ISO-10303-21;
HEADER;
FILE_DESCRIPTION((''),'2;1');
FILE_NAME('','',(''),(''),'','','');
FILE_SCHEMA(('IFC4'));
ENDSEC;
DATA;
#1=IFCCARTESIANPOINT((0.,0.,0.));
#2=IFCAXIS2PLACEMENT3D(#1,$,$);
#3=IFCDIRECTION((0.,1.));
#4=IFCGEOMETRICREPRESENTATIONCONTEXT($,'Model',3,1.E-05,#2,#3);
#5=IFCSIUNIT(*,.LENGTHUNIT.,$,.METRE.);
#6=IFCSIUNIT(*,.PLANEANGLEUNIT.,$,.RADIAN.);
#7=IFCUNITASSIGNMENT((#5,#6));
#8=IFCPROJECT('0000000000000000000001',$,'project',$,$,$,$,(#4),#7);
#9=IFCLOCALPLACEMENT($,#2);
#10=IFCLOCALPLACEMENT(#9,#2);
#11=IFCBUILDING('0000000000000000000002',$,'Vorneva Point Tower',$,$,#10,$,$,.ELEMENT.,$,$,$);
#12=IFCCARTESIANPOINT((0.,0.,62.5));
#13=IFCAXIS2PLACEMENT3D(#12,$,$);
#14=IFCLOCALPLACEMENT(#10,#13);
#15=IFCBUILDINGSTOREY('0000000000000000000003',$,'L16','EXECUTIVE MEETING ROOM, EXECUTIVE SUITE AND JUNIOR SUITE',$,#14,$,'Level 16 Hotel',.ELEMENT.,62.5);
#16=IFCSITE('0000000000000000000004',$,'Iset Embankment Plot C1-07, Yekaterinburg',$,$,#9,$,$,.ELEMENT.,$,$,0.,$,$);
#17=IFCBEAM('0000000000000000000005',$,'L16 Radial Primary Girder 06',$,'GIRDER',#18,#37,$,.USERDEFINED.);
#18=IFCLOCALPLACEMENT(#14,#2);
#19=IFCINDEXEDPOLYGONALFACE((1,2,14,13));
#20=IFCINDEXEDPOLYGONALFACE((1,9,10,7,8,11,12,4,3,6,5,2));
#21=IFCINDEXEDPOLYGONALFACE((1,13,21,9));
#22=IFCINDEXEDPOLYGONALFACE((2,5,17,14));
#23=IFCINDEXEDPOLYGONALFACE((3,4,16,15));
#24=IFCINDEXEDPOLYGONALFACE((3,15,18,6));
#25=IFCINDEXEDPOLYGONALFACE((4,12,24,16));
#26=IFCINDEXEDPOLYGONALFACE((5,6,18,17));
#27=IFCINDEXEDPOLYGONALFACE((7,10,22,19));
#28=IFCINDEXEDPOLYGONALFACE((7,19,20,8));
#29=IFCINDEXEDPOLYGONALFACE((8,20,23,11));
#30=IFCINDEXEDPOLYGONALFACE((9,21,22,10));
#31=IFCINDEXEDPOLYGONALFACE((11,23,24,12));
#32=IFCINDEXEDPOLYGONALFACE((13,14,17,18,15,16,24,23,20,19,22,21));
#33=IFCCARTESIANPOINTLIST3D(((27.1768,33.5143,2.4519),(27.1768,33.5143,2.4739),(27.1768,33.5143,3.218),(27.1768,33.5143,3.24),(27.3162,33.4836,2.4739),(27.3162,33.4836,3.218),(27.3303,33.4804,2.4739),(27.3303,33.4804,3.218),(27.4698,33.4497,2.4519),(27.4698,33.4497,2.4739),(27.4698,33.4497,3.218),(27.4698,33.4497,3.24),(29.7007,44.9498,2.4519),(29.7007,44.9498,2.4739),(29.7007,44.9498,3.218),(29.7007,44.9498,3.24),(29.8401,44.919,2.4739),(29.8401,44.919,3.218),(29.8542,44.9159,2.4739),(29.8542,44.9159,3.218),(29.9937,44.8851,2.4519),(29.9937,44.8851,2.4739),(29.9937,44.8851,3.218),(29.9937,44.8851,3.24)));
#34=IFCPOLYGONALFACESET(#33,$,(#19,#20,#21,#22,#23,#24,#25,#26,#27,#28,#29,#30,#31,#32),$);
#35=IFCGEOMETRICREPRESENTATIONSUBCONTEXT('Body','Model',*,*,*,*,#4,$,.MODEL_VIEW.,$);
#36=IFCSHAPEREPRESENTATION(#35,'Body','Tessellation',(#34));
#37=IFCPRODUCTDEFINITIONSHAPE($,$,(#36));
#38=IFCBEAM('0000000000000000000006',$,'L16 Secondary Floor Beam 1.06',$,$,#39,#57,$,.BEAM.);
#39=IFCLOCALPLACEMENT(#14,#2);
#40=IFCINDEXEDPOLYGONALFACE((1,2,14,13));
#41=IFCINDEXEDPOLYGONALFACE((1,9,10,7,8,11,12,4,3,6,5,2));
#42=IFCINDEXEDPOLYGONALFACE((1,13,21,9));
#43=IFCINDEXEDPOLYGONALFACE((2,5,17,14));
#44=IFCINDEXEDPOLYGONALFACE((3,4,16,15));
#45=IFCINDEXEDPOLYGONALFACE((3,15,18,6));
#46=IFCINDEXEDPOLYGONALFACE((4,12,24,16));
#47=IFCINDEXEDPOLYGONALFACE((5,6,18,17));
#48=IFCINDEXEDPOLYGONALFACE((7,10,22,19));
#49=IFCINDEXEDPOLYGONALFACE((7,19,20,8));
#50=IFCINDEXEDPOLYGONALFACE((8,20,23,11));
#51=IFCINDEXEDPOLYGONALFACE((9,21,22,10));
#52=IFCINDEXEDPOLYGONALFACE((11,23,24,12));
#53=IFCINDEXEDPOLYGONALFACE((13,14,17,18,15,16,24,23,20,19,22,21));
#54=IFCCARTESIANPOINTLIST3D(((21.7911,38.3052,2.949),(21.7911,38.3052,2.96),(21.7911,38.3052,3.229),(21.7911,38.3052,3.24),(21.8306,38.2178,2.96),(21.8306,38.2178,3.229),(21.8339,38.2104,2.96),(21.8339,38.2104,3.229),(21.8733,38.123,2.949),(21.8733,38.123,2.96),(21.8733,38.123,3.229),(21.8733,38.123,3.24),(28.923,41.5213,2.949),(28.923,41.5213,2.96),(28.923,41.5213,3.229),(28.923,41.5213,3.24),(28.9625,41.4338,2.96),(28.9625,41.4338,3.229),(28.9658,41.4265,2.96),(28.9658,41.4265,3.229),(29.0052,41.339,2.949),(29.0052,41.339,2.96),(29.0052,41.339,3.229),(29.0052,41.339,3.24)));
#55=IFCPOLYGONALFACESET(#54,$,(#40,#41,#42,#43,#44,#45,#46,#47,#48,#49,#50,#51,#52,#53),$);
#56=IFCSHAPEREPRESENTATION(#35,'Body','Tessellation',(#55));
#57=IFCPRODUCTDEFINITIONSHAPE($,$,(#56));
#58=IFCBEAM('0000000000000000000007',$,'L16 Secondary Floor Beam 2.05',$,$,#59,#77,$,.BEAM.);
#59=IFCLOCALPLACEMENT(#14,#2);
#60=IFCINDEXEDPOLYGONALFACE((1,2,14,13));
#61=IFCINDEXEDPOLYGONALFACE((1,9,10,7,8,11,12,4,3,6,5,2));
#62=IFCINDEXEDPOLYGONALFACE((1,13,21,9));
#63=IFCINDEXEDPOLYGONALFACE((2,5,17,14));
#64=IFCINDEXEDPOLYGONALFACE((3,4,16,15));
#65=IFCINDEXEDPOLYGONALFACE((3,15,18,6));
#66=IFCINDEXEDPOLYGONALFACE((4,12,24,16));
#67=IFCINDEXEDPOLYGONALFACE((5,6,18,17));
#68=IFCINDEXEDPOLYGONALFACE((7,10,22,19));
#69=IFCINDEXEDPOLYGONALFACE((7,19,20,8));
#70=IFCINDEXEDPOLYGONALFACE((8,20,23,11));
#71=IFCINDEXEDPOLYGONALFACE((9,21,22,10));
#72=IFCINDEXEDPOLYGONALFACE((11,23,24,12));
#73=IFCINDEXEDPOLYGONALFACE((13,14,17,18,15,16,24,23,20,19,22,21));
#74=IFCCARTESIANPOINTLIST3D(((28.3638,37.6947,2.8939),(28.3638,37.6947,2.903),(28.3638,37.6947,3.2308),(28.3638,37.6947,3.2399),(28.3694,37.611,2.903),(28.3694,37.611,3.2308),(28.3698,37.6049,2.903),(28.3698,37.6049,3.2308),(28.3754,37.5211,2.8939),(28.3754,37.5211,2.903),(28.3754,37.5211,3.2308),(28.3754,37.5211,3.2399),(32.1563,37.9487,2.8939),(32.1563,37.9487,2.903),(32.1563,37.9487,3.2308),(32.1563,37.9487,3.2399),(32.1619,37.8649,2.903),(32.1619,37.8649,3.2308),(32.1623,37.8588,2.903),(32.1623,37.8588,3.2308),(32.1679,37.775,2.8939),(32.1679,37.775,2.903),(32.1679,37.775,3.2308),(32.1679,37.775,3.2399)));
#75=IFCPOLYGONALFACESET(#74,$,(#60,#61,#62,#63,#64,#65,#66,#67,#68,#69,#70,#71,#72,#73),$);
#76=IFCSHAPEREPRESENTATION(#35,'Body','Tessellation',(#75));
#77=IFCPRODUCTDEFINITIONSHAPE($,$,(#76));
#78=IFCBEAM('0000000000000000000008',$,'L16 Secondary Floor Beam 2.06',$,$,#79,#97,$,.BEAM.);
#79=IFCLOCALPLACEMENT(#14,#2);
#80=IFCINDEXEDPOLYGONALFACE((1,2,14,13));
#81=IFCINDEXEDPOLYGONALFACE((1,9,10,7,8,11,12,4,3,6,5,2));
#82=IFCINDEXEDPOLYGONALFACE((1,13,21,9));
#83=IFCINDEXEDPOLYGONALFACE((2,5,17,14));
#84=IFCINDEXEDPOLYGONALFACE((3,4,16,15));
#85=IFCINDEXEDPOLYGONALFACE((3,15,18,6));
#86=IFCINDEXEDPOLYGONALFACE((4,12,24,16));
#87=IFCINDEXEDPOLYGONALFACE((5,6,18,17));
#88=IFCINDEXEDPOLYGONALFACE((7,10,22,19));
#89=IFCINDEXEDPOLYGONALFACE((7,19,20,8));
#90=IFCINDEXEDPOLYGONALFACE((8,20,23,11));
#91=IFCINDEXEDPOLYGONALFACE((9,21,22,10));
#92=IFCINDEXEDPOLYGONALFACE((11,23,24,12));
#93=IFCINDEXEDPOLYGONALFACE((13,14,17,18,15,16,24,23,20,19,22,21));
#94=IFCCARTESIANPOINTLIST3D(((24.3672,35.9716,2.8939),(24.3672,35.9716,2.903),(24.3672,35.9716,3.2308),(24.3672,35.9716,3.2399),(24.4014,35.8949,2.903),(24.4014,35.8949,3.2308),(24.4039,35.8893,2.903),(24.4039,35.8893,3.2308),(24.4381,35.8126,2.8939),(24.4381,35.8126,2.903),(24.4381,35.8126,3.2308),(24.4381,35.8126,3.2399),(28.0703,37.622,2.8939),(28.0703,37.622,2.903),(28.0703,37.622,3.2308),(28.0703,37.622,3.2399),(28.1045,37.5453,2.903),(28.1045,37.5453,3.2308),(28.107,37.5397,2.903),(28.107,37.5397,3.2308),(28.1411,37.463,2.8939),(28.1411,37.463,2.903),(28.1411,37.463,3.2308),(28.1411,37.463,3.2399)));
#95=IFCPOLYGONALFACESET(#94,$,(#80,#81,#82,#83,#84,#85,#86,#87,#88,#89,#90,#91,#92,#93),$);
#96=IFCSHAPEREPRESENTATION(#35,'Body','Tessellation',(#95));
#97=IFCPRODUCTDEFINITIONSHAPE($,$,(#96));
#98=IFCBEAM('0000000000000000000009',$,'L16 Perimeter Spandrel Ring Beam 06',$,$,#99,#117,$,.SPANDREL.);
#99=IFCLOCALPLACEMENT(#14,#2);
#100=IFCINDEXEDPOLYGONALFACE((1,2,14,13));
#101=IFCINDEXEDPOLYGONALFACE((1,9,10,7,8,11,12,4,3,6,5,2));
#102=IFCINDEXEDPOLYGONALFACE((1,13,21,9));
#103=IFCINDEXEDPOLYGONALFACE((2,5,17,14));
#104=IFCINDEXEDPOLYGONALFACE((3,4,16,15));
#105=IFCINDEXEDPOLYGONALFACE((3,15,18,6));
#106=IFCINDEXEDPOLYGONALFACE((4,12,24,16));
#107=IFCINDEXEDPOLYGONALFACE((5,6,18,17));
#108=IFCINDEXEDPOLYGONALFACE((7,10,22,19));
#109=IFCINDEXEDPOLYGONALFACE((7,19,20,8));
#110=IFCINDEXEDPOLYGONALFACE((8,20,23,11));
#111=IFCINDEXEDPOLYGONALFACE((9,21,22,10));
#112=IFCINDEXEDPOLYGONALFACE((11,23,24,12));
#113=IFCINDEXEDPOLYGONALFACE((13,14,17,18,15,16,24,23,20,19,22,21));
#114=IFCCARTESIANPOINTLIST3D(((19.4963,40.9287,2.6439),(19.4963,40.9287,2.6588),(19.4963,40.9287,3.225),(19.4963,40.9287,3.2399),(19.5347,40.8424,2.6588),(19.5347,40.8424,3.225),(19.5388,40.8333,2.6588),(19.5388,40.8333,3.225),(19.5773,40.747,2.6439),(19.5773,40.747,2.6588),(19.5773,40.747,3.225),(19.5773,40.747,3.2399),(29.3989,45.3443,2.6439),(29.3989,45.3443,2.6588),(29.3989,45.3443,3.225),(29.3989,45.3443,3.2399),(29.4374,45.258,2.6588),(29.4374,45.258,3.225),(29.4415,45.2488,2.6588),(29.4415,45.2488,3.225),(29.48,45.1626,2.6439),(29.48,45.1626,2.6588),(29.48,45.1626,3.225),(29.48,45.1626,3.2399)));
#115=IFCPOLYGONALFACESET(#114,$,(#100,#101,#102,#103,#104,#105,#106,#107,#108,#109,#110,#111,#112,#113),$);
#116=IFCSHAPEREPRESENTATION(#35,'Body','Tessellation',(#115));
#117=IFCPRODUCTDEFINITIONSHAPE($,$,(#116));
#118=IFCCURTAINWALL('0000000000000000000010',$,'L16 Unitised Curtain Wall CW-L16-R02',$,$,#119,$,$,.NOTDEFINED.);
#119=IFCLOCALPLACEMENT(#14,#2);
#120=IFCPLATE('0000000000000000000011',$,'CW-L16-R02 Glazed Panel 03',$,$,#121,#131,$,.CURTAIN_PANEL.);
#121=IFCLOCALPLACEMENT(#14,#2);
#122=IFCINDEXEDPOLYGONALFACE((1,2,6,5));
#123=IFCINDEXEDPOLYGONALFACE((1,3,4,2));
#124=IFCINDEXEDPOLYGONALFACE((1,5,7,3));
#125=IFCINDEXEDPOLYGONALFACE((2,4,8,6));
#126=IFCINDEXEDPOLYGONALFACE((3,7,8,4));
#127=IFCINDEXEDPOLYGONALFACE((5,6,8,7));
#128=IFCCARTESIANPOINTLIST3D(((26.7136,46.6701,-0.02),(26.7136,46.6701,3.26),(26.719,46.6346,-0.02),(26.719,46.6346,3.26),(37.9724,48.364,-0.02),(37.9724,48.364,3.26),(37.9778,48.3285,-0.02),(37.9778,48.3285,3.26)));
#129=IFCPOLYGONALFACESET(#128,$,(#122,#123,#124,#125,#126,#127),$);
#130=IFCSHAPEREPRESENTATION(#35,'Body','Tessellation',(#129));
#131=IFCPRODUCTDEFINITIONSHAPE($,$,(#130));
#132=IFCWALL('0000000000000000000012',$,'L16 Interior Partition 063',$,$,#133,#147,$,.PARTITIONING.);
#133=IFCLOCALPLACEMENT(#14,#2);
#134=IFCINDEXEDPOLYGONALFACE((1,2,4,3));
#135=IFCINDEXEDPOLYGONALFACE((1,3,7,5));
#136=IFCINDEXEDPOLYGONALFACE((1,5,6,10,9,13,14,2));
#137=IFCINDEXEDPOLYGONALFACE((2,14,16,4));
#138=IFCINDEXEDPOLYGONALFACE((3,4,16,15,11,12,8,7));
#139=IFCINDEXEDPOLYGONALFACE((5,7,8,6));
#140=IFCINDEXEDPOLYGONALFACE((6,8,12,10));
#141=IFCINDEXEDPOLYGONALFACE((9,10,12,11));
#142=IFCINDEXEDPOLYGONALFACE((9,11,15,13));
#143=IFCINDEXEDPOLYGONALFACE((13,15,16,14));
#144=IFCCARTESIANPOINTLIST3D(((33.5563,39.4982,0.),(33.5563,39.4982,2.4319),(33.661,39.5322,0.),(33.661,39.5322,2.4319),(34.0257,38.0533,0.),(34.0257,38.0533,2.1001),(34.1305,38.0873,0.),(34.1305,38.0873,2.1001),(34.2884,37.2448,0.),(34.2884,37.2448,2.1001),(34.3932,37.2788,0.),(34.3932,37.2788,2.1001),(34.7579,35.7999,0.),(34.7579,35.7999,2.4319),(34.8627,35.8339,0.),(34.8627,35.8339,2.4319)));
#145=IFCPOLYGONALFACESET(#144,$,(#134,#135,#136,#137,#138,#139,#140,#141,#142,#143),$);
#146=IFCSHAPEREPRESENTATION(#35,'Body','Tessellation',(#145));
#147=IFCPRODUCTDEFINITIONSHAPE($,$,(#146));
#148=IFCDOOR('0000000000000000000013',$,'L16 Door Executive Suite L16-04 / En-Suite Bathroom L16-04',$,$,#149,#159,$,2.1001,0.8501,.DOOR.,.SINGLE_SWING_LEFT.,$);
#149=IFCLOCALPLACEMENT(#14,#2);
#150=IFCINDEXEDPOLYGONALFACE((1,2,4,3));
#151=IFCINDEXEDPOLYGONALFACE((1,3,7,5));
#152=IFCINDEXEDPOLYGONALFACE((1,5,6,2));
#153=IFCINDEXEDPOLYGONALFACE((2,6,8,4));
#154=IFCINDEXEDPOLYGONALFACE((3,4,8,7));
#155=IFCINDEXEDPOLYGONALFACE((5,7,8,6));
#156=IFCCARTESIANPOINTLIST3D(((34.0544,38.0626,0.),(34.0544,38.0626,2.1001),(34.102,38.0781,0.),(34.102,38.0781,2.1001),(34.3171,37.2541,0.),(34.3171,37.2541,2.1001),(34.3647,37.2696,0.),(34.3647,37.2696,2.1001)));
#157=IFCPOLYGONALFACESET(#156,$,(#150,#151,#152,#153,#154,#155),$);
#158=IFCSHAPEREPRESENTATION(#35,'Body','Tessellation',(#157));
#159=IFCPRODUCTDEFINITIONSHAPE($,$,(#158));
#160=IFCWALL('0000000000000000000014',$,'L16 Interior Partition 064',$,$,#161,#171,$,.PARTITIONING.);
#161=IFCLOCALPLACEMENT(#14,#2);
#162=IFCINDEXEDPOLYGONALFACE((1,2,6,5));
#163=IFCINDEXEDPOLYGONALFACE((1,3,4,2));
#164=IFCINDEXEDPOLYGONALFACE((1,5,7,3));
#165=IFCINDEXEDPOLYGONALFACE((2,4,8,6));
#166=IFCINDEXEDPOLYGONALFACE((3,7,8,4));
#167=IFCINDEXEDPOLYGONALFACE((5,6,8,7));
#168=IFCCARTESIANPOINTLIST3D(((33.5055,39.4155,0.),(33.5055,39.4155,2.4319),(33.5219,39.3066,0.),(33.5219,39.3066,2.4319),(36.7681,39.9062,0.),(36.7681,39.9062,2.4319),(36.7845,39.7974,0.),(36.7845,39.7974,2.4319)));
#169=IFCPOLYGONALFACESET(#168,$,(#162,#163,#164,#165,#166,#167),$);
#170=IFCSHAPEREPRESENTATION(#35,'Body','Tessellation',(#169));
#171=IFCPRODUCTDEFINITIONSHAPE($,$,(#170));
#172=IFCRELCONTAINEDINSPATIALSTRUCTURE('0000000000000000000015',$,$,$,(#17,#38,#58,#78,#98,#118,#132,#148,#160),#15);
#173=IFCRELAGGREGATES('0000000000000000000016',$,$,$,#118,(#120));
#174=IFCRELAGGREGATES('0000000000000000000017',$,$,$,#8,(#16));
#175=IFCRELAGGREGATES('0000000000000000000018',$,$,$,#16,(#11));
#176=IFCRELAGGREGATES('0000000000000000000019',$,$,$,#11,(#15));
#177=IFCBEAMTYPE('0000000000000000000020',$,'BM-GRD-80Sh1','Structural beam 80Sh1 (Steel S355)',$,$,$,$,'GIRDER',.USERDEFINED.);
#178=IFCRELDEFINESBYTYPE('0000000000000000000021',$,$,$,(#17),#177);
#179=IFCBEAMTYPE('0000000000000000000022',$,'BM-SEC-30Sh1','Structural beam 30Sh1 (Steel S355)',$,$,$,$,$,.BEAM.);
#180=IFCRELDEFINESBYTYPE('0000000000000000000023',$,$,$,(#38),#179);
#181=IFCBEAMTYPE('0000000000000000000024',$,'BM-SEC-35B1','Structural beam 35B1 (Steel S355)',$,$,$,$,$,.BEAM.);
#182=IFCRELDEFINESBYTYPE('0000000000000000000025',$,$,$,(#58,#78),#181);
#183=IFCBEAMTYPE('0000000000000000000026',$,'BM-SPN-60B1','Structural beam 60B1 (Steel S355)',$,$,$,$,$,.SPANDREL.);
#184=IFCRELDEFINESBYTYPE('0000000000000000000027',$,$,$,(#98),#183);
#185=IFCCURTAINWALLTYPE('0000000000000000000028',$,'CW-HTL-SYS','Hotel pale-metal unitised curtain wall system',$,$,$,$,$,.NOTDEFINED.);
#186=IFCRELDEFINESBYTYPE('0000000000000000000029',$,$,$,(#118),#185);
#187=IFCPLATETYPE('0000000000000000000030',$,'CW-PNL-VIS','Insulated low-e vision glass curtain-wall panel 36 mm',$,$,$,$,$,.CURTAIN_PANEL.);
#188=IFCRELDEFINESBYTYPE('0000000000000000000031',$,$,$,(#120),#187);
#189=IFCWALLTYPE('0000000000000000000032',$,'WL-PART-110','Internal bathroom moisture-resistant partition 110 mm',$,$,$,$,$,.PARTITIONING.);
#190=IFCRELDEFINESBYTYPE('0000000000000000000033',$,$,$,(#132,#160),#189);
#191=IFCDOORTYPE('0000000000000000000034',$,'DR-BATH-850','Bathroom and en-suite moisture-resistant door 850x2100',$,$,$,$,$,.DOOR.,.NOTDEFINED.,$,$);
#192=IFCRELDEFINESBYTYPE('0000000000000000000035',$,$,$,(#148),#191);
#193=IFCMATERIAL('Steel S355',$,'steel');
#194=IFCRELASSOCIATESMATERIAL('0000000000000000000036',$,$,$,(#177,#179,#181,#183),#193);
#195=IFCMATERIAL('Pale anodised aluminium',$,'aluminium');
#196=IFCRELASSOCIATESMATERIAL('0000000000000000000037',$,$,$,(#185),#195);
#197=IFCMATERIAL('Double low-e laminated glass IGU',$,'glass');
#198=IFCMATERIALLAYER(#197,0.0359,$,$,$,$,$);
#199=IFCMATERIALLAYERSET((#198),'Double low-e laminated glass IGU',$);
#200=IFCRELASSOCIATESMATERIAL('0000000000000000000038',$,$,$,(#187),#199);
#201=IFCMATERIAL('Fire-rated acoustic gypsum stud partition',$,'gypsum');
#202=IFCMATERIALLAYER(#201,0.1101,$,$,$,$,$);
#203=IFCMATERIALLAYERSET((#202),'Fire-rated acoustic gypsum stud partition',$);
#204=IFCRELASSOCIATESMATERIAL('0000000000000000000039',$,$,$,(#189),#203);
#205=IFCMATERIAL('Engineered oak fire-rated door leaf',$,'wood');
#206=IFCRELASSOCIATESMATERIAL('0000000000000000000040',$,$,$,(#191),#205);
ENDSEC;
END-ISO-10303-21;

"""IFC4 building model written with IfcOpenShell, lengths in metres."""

from ifc_helpers import new_model, si_unit, direction, frame, frame_2d, origin, origin_2d, place, context, subcontext, project, spatial, rectangle, i_section, extrude, material, layer, layer_set, material_profile, profile_set, type_object, element, fill, aggregate, save


model = new_model("IFC4")

# Units and contexts
model_context = context("Model", 3, precision=1e-05, world=origin(), true_north=direction((0.0, 1.0)))
body_context = subcontext(model_context, "Body", "Model", "MODEL_VIEW")
ifc_project = project(units=[si_unit("LENGTHUNIT", "METRE"), si_unit("PLANEANGLEUNIT", "RADIAN")], contexts=[model_context])

# Site, building, storey
site_placement = place(None, origin())
site = spatial("IfcSite", under=ifc_project, at=site_placement, Name="Iset Embankment Plot C1-07, Yekaterinburg", CompositionType="ELEMENT", RefElevation=0.0)
building_placement = place(site_placement, origin())
building = spatial("IfcBuilding", under=site, at=building_placement, Name="Vorneva Point Tower", CompositionType="ELEMENT")
storey_placement = place(building_placement, frame((0.0, 0.0, 62.5)))
storey = spatial("IfcBuildingStorey", under=building, at=storey_placement, Name="L16", Description="EXECUTIVE MEETING ROOM, EXECUTIVE SUITE AND JUNIOR SUITE", LongName="Level 16 Hotel", CompositionType="ELEMENT", Elevation=62.5)

# Beams
ifc_material_1 = material(Name="Steel S355", Category="steel")
ifc_material_profile_1 = material_profile(ifc_material_1, i_section(OverallWidth=0.3, OverallDepth=0.7881, WebThickness=0.0144, FlangeThickness=0.022, at=origin_2d()), Name="80Sh1")
ifc_profile_set_1 = profile_set([ifc_material_profile_1], Name="Steel S355")
beam_type_1 = type_object("IfcBeamType", Name="BM-GRD-80Sh1", Description="Structural beam 80Sh1 (Steel S355)", ElementType="GIRDER", PredefinedType="USERDEFINED", material=ifc_profile_set_1)
beam_1_placement = place(storey_placement, frame((29.8472, 44.9175, 2.8459), z_axis=(-0.215522, -0.976499, 0.0), x_axis=(0.976499, -0.215522, 0.0)))
element("IfcBeam", 1, at=beam_1_placement, inside=storey, type_object=beam_type_1, Name="L16 Radial Primary Girder 06", ObjectType="GIRDER", PredefinedType="USERDEFINED", context=body_context, shape_type="SweptSolid", body=[
    extrude(i_section(OverallWidth=0.3, OverallDepth=0.7881, WebThickness=0.0144, FlangeThickness=0.022, at=origin_2d()), origin(), (0.0, 0.0, 1.0), 11.7107),
])
ifc_material_profile_2 = material_profile(ifc_material_1, i_section(OverallWidth=0.2, OverallDepth=0.291, WebThickness=0.0081, FlangeThickness=0.011, at=origin_2d()), Name="30Sh1")
ifc_profile_set_2 = profile_set([ifc_material_profile_2], Name="Steel S355")
beam_type_2 = type_object("IfcBeamType", Name="BM-SEC-30Sh1", Description="Structural beam 30Sh1 (Steel S355)", PredefinedType="BEAM", material=ifc_profile_set_2)
beam_2_placement = place(storey_placement, frame((28.9641, 41.4302, 3.0945), z_axis=(-0.911599, -0.411081, 0.0), x_axis=(0.411081, -0.911599, 0.0)))
element("IfcBeam", 2, at=beam_2_placement, inside=storey, type_object=beam_type_2, Name="L16 Secondary Floor Beam 1.06", PredefinedType="BEAM", context=body_context, shape_type="SweptSolid", body=[
    extrude(i_section(OverallWidth=0.2, OverallDepth=0.291, WebThickness=0.0081, FlangeThickness=0.011, at=origin_2d()), origin(), (0.0, 0.0, 1.0), 7.8235),
])
ifc_material_profile_3 = material_profile(ifc_material_1, i_section(OverallWidth=0.1741, OverallDepth=0.3459, WebThickness=0.0061, FlangeThickness=0.009, at=origin_2d()), Name="35B1")
ifc_profile_set_3 = profile_set([ifc_material_profile_3], Name="Steel S355")
beam_type_3 = type_object("IfcBeamType", Name="BM-SEC-35B1", Description="Structural beam 35B1 (Steel S355)", PredefinedType="BEAM", material=ifc_profile_set_3)
beam_3_placement = place(storey_placement, frame((32.1621, 37.8618, 3.0669), z_axis=(-0.997766, -0.0668, 0.0), x_axis=(0.0668, -0.997766, 0.0)))
element("IfcBeam", 3, at=beam_3_placement, inside=storey, type_object=beam_type_3, Name="L16 Secondary Floor Beam 2.05", PredefinedType="BEAM", context=body_context, shape_type="SweptSolid", body=[
    extrude(i_section(OverallWidth=0.1741, OverallDepth=0.3459, WebThickness=0.0061, FlangeThickness=0.009, at=origin_2d()), origin(), (0.0, 0.0, 1.0), 3.801),
])
beam_4_placement = place(storey_placement, frame((28.1057, 37.5425, 3.0669), z_axis=(-0.913394, -0.407077, 0.0), x_axis=(0.407077, -0.913394, 0.0)))
element("IfcBeam", 4, at=beam_4_placement, inside=storey, type_object=beam_type_3, Name="L16 Secondary Floor Beam 2.06", PredefinedType="BEAM", context=body_context, shape_type="SweptSolid", body=[
    extrude(i_section(OverallWidth=0.1741, OverallDepth=0.3459, WebThickness=0.0061, FlangeThickness=0.009, at=origin_2d()), origin(), (0.0, 0.0, 1.0), 4.0542),
])
ifc_material_profile_4 = material_profile(ifc_material_1, i_section(OverallWidth=0.199, OverallDepth=0.5959, WebThickness=0.01, FlangeThickness=0.0149, at=origin_2d()), Name="60B1")
ifc_profile_set_4 = profile_set([ifc_material_profile_4], Name="Steel S355")
beam_type_4 = type_object("IfcBeamType", Name="BM-SPN-60B1", Description="Structural beam 60B1 (Steel S355)", PredefinedType="SPANDREL", material=ifc_profile_set_4)
beam_5_placement = place(storey_placement, frame((29.4395, 45.2534, 2.9419), z_axis=(-0.913319, -0.407245, 0.0), x_axis=(0.407245, -0.913319, 0.0)))
element("IfcBeam", 5, at=beam_5_placement, inside=storey, type_object=beam_type_4, Name="L16 Perimeter Spandrel Ring Beam 06", PredefinedType="SPANDREL", context=body_context, shape_type="SweptSolid", body=[
    extrude(i_section(OverallWidth=0.199, OverallDepth=0.5959, WebThickness=0.01, FlangeThickness=0.0149, at=origin_2d()), origin(), (0.0, 0.0, 1.0), 10.8425),
])

# Curtain wall, plate
ifc_material_2 = material(Name="Pale anodised aluminium", Category="aluminium")
curtain_wall_type = type_object("IfcCurtainWallType", Name="CW-HTL-SYS", Description="Hotel pale-metal unitised curtain wall system", PredefinedType="NOTDEFINED", material=ifc_material_2)
curtain_wall_placement = place(storey_placement, origin())
curtain_wall = element("IfcCurtainWall", 6, at=curtain_wall_placement, inside=storey, type_object=curtain_wall_type, Name="L16 Unitised Curtain Wall CW-L16-R02", PredefinedType="NOTDEFINED")
ifc_material_3 = material(Name="Double low-e laminated glass IGU", Category="glass")
ifc_layer_1 = layer(ifc_material_3, 0.0359)
ifc_layer_set_1 = layer_set([ifc_layer_1], Name="Double low-e laminated glass IGU")
plate_type = type_object("IfcPlateType", Name="CW-PNL-VIS", Description="Insulated low-e vision glass curtain-wall panel 36 mm", PredefinedType="CURTAIN_PANEL", material=ifc_layer_set_1)
plate_placement = place(storey_placement, frame((32.3457, 47.4993, -0.02), z_axis=(0.0, 0.0, 1.0), x_axis=(-0.988871, -0.148776, 0.0)))
plate = element("IfcPlate", 7, at=plate_placement, type_object=plate_type, Name="CW-L16-R02 Glazed Panel 03", PredefinedType="CURTAIN_PANEL", context=body_context, shape_type="SweptSolid", body=[
    extrude(rectangle(XDim=11.3855, YDim=0.0359, at=origin_2d()), origin(), (0.0, 0.0, 1.0), 3.28),
])
aggregate(curtain_wall, [plate])

# Wall, opening, door
ifc_material_4 = material(Name="Fire-rated acoustic gypsum stud partition", Category="gypsum")
ifc_layer_2 = layer(ifc_material_4, 0.1101)
ifc_layer_set_2 = layer_set([ifc_layer_2], Name="Fire-rated acoustic gypsum stud partition")
wall_type_1 = type_object("IfcWallType", Name="WL-PART-110", Description="Internal bathroom moisture-resistant partition 110 mm", PredefinedType="PARTITIONING", material=ifc_layer_set_2)
wall_1_placement = place(storey_placement, frame((34.8103, 35.8169, 0.0), z_axis=(0.0, 0.0, 1.0), x_axis=(-0.309024, 0.951054, 0.0)))
wall_1 = element("IfcWall", 8, at=wall_1_placement, inside=storey, type_object=wall_type_1, Name="L16 Interior Partition 063", PredefinedType="PARTITIONING", context=body_context, shape_type="SweptSolid", body=[
    extrude(rectangle(XDim=3.8887, YDim=0.1101, at=frame_2d((1.9443, 0.0))), origin(), (0.0, 0.0, 1.0), 2.4319),
])
opening_1_placement = place(wall_1_placement, frame((1.5193, 0.0, 0.0)))
opening_1 = element("IfcOpeningElement", 9, at=opening_1_placement, cuts=wall_1, PredefinedType="OPENING", context=body_context, shape_type="SweptSolid", body=[
    extrude(rectangle(XDim=0.8501, YDim=2.1001, at=frame_2d((0.425, 1.05))), frame((0.0, 0.0698, 0.0), z_axis=(0.0, -1.0, 0.0), x_axis=(1.0, 0.0, 0.0)), (0.0, 0.0, 1.0), 0.1399),
])
ifc_material_5 = material(Name="Engineered oak fire-rated door leaf", Category="wood")
door_type_1 = type_object("IfcDoorType", Name="DR-BATH-850", Description="Bathroom and en-suite moisture-resistant door 850x2100", OperationType="NOTDEFINED", PredefinedType="DOOR", material=ifc_material_5)
door_1_placement = place(opening_1_placement, origin())
door_1 = element("IfcDoor", 10, at=door_1_placement, inside=storey, type_object=door_type_1, Name="L16 Door Executive Suite L16-04 / En-Suite Bathroom L16-04", OperationType="SINGLE_SWING_LEFT", OverallHeight=2.1001, OverallWidth=0.8501, PredefinedType="DOOR", context=body_context, shape_type="SweptSolid", body=[
    extrude(rectangle(XDim=0.8501, YDim=2.1001, at=frame_2d((0.425, 1.05))), frame((0.0, 0.0249, 0.0), z_axis=(0.0, -1.0, 0.0), x_axis=(1.0, 0.0, 0.0)), (0.0, 0.0, 1.0), 0.05),
])
fill(opening_1, door_1)

# Wall
wall_2_placement = place(storey_placement, frame((33.5137, 39.3611, 0.0), z_axis=(0.0, 0.0, 1.0), x_axis=(0.988878, 0.148731, 0.0)))
element("IfcWall", 11, at=wall_2_placement, inside=storey, type_object=wall_type_1, Name="L16 Interior Partition 064", PredefinedType="PARTITIONING", context=body_context, shape_type="SweptSolid", body=[
    extrude(rectangle(XDim=3.2993, YDim=0.1101, at=frame_2d((1.6497, 0.0))), origin(), (0.0, 0.0, 1.0), 2.4319),
])

save(model, "model.ifc")
